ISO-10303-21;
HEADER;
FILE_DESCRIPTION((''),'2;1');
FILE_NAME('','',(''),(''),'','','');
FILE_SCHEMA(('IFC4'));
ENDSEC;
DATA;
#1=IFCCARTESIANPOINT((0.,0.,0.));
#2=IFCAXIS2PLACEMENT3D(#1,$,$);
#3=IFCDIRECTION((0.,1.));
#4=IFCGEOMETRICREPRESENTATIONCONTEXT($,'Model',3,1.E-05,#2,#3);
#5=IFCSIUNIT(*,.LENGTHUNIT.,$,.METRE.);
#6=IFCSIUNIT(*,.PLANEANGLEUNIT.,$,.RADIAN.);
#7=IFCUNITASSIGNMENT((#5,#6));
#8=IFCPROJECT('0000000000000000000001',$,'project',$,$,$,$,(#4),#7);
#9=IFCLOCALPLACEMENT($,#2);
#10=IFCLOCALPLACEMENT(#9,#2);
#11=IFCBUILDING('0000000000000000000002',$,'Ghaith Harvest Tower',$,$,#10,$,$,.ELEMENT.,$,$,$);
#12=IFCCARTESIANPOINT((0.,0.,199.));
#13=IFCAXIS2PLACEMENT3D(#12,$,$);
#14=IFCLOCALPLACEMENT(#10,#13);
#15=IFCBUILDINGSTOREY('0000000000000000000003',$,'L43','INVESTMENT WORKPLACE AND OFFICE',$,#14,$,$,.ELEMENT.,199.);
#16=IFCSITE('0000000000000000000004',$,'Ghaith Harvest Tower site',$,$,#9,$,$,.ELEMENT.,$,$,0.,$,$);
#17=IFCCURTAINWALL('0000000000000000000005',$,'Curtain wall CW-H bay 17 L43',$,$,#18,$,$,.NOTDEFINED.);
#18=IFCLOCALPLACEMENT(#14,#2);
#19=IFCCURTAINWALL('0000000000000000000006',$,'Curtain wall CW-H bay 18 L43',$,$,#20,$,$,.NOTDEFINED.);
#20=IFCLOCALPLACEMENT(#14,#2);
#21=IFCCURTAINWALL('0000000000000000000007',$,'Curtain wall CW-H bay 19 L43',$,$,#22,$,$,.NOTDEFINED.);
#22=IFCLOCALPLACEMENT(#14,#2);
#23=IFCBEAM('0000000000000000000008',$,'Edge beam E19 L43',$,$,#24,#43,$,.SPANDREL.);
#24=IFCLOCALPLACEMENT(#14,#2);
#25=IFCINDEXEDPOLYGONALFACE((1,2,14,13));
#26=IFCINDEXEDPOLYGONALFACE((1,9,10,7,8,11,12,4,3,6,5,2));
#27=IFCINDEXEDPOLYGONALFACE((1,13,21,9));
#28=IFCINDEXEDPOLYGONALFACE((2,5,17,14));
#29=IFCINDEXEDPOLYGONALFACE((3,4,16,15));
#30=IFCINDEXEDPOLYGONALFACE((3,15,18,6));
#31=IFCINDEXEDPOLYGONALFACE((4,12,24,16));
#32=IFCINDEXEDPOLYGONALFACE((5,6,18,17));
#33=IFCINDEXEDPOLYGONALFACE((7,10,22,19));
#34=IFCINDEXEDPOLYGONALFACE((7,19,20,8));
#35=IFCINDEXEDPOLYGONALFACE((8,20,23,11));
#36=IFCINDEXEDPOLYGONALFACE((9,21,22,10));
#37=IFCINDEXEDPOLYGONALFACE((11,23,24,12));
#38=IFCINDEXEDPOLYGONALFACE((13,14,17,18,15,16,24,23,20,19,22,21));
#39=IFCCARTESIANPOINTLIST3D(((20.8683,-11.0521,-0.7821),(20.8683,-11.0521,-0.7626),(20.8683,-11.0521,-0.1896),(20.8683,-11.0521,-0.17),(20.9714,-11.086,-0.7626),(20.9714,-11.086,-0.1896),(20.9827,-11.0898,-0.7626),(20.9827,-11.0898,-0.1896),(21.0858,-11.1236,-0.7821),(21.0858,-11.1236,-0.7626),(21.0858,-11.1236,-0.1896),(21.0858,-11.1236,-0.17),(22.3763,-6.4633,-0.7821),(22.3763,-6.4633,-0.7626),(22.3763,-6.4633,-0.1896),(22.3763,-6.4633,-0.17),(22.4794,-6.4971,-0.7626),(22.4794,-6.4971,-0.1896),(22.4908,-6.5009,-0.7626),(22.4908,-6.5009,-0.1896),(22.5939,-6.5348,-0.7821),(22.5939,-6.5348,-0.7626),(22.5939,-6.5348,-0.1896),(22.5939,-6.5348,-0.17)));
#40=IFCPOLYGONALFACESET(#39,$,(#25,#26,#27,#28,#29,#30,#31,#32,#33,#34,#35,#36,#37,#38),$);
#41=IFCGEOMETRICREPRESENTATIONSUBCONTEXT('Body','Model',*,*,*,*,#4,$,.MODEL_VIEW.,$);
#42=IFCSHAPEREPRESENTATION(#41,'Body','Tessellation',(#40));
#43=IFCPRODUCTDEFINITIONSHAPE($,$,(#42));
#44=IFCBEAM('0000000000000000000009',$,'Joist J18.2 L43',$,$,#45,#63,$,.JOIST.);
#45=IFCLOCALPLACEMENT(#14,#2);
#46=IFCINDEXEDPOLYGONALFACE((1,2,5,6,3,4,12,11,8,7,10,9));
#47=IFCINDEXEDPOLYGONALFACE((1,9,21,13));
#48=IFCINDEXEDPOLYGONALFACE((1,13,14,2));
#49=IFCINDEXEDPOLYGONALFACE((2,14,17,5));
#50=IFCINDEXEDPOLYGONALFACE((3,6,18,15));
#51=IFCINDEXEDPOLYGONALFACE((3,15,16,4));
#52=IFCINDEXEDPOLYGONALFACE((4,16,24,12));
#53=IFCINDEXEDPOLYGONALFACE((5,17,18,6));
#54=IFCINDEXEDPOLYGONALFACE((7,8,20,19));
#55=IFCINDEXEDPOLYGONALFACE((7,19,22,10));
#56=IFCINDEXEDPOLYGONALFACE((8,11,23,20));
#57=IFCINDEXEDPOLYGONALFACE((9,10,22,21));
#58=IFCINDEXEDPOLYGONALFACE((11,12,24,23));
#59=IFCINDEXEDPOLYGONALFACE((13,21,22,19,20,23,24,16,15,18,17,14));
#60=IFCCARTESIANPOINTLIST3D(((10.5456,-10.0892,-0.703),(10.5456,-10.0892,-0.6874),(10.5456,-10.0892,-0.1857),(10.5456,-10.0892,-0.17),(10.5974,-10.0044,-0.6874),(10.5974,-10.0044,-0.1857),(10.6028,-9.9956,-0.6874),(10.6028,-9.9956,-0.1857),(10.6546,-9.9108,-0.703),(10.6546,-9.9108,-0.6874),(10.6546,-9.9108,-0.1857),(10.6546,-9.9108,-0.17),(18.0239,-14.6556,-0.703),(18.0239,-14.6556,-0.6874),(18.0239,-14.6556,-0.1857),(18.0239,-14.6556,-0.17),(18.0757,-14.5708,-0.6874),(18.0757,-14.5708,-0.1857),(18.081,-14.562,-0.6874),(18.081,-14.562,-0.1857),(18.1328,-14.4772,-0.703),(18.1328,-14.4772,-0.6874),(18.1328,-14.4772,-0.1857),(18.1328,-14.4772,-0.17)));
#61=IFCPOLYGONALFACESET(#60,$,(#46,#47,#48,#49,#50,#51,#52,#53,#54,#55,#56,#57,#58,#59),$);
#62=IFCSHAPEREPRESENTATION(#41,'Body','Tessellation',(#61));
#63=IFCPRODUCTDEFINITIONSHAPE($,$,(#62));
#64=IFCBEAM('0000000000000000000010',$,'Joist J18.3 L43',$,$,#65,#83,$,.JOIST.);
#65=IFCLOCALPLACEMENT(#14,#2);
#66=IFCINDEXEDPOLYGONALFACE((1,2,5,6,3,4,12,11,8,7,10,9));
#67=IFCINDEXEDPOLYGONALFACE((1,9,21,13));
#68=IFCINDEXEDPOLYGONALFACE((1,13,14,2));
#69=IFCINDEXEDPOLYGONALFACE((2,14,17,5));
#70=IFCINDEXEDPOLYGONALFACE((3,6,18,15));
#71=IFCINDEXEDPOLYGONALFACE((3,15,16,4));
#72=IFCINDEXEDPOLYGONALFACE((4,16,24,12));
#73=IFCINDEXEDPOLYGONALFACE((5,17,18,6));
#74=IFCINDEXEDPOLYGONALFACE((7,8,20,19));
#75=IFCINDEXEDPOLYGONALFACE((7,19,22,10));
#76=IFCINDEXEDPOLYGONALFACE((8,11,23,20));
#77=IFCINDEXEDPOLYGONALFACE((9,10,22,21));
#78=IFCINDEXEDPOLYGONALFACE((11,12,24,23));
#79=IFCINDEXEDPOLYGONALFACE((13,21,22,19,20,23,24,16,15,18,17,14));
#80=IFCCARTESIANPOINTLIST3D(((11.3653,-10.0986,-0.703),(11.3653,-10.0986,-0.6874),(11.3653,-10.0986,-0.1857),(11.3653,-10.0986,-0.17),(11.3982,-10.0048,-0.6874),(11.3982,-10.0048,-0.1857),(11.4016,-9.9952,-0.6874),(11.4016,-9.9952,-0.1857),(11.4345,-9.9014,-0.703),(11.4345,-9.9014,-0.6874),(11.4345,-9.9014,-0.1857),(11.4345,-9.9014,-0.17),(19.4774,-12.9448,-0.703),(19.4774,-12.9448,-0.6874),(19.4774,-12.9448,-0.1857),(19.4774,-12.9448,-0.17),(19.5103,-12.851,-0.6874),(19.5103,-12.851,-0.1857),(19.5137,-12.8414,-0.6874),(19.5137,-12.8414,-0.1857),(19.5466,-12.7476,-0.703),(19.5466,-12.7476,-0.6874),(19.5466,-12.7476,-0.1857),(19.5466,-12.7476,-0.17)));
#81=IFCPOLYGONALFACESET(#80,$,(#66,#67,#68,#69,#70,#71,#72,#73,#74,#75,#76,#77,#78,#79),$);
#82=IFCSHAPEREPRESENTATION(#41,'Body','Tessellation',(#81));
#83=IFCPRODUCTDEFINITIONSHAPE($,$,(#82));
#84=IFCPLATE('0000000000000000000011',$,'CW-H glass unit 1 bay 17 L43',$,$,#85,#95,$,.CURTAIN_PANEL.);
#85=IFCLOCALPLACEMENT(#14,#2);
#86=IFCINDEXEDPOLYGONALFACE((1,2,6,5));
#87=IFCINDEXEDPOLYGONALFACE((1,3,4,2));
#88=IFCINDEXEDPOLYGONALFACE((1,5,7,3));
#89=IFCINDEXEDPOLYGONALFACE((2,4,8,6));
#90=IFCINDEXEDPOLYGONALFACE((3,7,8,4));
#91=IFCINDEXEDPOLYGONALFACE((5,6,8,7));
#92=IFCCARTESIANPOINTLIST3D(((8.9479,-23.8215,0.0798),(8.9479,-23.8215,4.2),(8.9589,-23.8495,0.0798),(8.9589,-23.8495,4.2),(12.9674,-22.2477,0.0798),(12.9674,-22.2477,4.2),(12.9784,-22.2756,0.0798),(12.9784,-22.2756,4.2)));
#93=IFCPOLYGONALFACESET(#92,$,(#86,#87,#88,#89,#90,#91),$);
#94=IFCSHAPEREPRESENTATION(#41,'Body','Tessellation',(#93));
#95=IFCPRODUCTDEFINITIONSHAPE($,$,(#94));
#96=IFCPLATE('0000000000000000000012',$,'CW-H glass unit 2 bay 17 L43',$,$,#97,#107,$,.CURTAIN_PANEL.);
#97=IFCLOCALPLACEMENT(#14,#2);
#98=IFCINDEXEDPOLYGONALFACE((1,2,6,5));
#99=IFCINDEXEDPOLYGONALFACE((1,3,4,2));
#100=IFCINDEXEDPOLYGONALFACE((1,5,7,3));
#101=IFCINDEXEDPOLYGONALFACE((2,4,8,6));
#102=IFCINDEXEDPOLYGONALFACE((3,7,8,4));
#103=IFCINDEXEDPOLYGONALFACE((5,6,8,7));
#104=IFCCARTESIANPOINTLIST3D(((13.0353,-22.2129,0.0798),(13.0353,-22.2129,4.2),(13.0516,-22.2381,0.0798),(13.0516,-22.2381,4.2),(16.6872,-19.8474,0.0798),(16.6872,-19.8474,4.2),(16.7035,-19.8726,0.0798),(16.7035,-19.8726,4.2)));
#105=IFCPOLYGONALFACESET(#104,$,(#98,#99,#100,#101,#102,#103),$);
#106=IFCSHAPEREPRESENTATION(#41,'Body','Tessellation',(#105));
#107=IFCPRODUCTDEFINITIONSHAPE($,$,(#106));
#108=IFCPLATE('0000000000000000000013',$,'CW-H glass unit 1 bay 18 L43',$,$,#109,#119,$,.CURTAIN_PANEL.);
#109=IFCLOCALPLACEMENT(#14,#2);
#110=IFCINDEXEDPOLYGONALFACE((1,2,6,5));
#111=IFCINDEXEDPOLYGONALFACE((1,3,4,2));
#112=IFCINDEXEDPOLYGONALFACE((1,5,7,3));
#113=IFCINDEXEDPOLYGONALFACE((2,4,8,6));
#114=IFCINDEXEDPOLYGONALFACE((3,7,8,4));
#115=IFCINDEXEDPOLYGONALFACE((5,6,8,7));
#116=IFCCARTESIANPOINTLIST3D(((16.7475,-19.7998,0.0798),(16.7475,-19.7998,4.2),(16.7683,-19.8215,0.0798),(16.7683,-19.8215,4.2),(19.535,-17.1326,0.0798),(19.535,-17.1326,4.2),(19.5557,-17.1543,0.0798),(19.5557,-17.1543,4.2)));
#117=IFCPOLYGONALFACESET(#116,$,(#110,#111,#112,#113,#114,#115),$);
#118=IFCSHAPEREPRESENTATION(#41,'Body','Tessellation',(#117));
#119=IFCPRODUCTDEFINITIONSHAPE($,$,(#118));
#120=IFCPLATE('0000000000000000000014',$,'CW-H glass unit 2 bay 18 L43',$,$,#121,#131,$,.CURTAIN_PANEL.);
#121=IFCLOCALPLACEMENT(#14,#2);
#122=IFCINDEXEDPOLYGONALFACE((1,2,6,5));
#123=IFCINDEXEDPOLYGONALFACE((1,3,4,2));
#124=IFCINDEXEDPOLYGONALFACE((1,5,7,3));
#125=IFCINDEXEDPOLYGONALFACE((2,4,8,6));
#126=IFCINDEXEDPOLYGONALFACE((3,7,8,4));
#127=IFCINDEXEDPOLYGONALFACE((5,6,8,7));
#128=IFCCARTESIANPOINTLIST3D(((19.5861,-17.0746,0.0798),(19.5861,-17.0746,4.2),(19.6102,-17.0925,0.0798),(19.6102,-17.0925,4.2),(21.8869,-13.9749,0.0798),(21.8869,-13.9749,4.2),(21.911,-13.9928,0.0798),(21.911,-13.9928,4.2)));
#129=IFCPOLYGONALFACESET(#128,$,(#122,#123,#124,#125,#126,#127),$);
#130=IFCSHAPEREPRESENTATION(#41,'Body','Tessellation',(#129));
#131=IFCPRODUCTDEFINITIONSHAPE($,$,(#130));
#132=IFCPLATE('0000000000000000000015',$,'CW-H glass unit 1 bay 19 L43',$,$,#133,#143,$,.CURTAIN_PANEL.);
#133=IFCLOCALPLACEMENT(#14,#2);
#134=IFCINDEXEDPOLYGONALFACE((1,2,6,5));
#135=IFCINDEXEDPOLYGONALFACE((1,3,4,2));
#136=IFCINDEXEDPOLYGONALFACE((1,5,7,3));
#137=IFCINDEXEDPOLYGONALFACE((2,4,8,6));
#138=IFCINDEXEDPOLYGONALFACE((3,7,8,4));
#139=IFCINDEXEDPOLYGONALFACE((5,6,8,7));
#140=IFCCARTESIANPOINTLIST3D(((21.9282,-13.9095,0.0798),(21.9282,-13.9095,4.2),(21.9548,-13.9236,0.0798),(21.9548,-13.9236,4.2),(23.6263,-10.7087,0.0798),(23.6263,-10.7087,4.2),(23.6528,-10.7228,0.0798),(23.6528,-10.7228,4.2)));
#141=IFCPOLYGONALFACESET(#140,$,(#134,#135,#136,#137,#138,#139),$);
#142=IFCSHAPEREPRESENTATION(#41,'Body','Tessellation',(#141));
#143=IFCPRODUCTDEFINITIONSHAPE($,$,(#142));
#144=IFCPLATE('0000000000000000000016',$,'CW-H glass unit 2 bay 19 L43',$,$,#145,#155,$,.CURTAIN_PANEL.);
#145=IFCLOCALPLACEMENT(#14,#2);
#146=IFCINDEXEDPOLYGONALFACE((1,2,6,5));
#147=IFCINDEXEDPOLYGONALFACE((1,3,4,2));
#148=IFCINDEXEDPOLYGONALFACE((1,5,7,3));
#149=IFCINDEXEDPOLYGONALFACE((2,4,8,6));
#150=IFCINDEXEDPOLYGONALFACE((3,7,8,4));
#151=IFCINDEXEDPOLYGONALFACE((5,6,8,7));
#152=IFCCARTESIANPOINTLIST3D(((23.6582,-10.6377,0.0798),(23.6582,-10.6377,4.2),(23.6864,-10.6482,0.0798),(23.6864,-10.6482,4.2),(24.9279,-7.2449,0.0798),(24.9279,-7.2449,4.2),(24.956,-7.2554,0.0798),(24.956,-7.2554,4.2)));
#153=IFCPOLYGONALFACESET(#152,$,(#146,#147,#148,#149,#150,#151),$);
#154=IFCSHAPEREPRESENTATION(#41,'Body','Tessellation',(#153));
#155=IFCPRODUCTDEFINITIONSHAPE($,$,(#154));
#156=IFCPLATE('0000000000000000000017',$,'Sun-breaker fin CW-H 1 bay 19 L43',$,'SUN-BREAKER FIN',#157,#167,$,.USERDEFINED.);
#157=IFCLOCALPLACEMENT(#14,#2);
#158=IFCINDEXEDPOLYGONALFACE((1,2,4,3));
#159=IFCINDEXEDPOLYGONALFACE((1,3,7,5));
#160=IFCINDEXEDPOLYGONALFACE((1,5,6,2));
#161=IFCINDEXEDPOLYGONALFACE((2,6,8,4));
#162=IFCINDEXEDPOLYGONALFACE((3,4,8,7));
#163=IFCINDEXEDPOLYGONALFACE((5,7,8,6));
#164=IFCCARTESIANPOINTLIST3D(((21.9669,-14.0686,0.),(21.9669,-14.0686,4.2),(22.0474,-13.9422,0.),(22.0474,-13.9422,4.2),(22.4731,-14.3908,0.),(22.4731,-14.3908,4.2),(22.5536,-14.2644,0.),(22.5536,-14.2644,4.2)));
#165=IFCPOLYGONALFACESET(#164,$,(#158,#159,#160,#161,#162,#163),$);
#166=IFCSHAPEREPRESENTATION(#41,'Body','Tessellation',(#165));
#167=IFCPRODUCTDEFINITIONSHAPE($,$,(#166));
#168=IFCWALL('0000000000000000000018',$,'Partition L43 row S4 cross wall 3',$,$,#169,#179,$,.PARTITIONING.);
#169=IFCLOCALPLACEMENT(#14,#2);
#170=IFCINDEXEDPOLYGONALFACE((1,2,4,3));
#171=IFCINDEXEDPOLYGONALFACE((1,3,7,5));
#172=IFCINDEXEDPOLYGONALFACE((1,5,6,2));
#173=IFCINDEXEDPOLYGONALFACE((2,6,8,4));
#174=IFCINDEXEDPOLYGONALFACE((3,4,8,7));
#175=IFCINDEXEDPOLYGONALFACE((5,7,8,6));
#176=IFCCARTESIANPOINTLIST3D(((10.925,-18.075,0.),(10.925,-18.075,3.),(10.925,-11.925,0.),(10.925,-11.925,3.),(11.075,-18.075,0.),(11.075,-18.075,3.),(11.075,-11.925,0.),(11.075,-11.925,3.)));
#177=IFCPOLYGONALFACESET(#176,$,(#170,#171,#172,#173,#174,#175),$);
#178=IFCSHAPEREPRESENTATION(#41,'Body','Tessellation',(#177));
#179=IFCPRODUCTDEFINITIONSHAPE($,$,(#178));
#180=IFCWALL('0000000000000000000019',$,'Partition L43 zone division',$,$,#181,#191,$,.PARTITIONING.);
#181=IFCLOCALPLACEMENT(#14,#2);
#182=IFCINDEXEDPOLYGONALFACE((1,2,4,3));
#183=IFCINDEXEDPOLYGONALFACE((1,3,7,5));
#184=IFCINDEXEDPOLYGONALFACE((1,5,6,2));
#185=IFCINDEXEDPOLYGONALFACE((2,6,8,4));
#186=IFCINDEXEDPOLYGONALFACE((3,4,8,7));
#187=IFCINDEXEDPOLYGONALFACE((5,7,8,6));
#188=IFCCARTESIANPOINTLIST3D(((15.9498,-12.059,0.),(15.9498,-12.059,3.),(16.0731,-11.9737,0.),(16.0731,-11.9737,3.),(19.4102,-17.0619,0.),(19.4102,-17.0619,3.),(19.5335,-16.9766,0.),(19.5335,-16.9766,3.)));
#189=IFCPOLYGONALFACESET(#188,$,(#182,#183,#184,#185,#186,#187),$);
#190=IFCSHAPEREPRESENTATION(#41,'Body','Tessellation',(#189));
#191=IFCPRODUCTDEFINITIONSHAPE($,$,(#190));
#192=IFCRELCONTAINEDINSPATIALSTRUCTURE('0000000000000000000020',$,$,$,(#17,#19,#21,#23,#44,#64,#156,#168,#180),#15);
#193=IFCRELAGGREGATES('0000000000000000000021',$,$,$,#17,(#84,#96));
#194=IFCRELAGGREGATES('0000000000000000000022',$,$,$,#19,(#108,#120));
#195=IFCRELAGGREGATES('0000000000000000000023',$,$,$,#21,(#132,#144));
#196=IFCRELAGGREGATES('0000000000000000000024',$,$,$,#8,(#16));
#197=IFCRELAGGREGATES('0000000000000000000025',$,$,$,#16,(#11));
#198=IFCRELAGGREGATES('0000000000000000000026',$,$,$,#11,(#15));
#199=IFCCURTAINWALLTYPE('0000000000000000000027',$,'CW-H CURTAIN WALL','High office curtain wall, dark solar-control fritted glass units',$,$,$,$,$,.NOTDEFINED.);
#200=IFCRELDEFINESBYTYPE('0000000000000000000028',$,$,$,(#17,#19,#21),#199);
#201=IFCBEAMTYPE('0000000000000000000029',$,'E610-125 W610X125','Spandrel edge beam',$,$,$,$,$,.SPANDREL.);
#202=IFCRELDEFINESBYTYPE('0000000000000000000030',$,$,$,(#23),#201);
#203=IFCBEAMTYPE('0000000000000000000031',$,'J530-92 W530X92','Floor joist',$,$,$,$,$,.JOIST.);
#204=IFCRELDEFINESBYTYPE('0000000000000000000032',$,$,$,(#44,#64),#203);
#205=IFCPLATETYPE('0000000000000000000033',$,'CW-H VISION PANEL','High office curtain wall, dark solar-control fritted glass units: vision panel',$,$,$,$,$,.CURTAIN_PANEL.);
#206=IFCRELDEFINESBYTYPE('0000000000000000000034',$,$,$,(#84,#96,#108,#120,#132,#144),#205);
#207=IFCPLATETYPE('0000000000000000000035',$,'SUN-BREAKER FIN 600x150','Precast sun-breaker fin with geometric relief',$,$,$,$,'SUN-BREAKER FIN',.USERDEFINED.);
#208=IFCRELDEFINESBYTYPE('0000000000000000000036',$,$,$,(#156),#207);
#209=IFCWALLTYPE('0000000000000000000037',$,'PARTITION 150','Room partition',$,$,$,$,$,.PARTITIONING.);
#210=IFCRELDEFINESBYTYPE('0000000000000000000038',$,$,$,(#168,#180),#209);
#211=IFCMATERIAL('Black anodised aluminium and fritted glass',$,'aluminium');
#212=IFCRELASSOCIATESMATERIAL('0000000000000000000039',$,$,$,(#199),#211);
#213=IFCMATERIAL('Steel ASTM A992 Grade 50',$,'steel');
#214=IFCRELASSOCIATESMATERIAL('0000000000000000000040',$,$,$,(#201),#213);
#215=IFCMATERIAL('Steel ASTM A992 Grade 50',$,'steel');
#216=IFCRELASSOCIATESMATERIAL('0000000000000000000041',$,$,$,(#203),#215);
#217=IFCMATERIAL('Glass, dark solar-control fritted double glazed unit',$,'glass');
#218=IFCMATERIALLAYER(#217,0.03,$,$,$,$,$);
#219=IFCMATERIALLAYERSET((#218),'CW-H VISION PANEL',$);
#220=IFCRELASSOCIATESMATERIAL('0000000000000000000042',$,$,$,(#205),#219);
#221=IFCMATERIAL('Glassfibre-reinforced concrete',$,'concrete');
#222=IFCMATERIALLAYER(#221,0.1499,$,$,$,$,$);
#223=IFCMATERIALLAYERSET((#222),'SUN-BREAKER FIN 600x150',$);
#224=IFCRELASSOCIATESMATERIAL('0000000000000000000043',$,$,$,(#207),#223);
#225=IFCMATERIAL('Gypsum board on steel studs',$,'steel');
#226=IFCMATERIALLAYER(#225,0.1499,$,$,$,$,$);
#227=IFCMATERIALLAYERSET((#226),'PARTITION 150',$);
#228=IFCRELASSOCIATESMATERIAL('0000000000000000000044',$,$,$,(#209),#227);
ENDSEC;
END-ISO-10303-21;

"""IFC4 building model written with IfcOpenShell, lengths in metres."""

from ifc_helpers import new_model, si_unit, direction, frame, frame_2d, origin, origin_2d, place, context, subcontext, project, spatial, rectangle, i_section, extrude, material, layer, layer_set, material_profile, profile_set, type_object, element, aggregate, save


model = new_model("IFC4")

# Units and contexts
model_context = context("Model", 3, precision=1e-05, world=origin(), true_north=direction((0.0, 1.0)))
body_context = subcontext(model_context, "Body", "Model", "MODEL_VIEW")
ifc_project = project(units=[si_unit("LENGTHUNIT", "METRE"), si_unit("PLANEANGLEUNIT", "RADIAN")], contexts=[model_context])

# Site, building, storey
site_placement = place(None, origin())
site = spatial("IfcSite", under=ifc_project, at=site_placement, Name="Ghaith Harvest Tower site", CompositionType="ELEMENT", RefElevation=0.0)
building_placement = place(site_placement, origin())
building = spatial("IfcBuilding", under=site, at=building_placement, Name="Ghaith Harvest Tower", CompositionType="ELEMENT")
storey_placement = place(building_placement, frame((0.0, 0.0, 199.0)))
storey = spatial("IfcBuildingStorey", under=building, at=storey_placement, Name="L43", Description="INVESTMENT WORKPLACE AND OFFICE", CompositionType="ELEMENT", Elevation=199.0)

# Curtain wall
ifc_material_1 = material(Name="Black anodised aluminium and fritted glass", Category="aluminium")
curtain_wall_type = type_object("IfcCurtainWallType", Name="CW-H CURTAIN WALL", Description="High office curtain wall, dark solar-control fritted glass units", PredefinedType="NOTDEFINED", material=ifc_material_1)
curtain_wall_1_placement = place(storey_placement, origin())
curtain_wall_1 = element("IfcCurtainWall", 1, at=curtain_wall_1_placement, inside=storey, type_object=curtain_wall_type, Name="Curtain wall CW-H bay 17 L43", PredefinedType="NOTDEFINED")

# Curtain walls
curtain_wall_2_placement = place(storey_placement, origin())
curtain_wall_2 = element("IfcCurtainWall", 2, at=curtain_wall_2_placement, inside=storey, type_object=curtain_wall_type, Name="Curtain wall CW-H bay 18 L43", PredefinedType="NOTDEFINED")
curtain_wall_3_placement = place(storey_placement, origin())
curtain_wall_3 = element("IfcCurtainWall", 3, at=curtain_wall_3_placement, inside=storey, type_object=curtain_wall_type, Name="Curtain wall CW-H bay 19 L43", PredefinedType="NOTDEFINED")

# Beams
ifc_material_2 = material(Name="Steel ASTM A992 Grade 50", Category="steel")
ifc_material_profile_1 = material_profile(ifc_material_2, i_section(OverallWidth=0.229, OverallDepth=0.6121, WebThickness=0.012, FlangeThickness=0.0195, at=origin_2d()), Name="W610X125")
ifc_profile_set_1 = profile_set([ifc_material_profile_1], Name="Steel ASTM A992 Grade 50")
beam_type_1 = type_object("IfcBeamType", Name="E610-125 W610X125", Description="Spandrel edge beam", PredefinedType="SPANDREL", material=ifc_profile_set_1)
beam_1_placement = place(storey_placement, frame((20.9771, -11.0879, -0.4761), z_axis=(0.312207, 0.950014, 0.0), x_axis=(-0.950014, 0.312207, 0.0)))
element("IfcBeam", 4, at=beam_1_placement, inside=storey, type_object=beam_type_1, Name="Edge beam E19 L43", PredefinedType="SPANDREL", context=body_context, shape_type="SweptSolid", body=[
    extrude(i_section(OverallWidth=0.229, OverallDepth=0.6121, WebThickness=0.012, FlangeThickness=0.0195, at=origin_2d()), origin(), (0.0, 0.0, 1.0), 4.8303),
])
ifc_material_3 = material(Name="Steel ASTM A992 Grade 50", Category="steel")
ifc_material_profile_2 = material_profile(ifc_material_3, i_section(OverallWidth=0.209, OverallDepth=0.533, WebThickness=0.0103, FlangeThickness=0.0156, at=origin_2d()), Name="W530X92")
ifc_profile_set_2 = profile_set([ifc_material_profile_2], Name="Steel ASTM A992 Grade 50")
beam_type_2 = type_object("IfcBeamType", Name="J530-92 W530X92", Description="Floor joist", PredefinedType="JOIST", material=ifc_profile_set_2)
beam_2_placement = place(storey_placement, frame((10.6001, -10.0, -0.4365), z_axis=(0.853467, -0.521147, 0.0), x_axis=(0.521147, 0.853467, 0.0)))
element("IfcBeam", 5, at=beam_2_placement, inside=storey, type_object=beam_type_2, Name="Joist J18.2 L43", PredefinedType="JOIST", context=body_context, shape_type="SweptSolid", body=[
    extrude(i_section(OverallWidth=0.209, OverallDepth=0.533, WebThickness=0.0103, FlangeThickness=0.0156, at=origin_2d()), origin(), (0.0, 0.0, 1.0), 8.7622),
])
beam_3_placement = place(storey_placement, frame((11.3999, -10.0, -0.4365), z_axis=(0.943605, -0.331073, 0.0), x_axis=(0.331073, 0.943605, 0.0)))
element("IfcBeam", 6, at=beam_3_placement, inside=storey, type_object=beam_type_2, Name="Joist J18.3 L43", PredefinedType="JOIST", context=body_context, shape_type="SweptSolid", body=[
    extrude(i_section(OverallWidth=0.209, OverallDepth=0.533, WebThickness=0.0103, FlangeThickness=0.0156, at=origin_2d()), origin(), (0.0, 0.0, 1.0), 8.5969),
])

# Plates
ifc_material_4 = material(Name="Glass, dark solar-control fritted double glazed unit", Category="glass")
ifc_layer_1 = layer(ifc_material_4, 0.03)
ifc_layer_set_1 = layer_set([ifc_layer_1], Name="CW-H VISION PANEL")
plate_type_1 = type_object("IfcPlateType", Name="CW-H VISION PANEL", Description="High office curtain wall, dark solar-control fritted glass units: vision panel", PredefinedType="CURTAIN_PANEL", material=ifc_layer_set_1)
plate_1_placement = place(storey_placement, frame((10.9631, -23.0486, 0.0798), z_axis=(0.0, 0.0, 1.0), x_axis=(0.931161, 0.364608, 0.0)))
plate_1 = element("IfcPlate", 7, at=plate_1_placement, type_object=plate_type_1, Name="CW-H glass unit 1 bay 17 L43", PredefinedType="CURTAIN_PANEL", context=body_context, shape_type="SweptSolid", body=[
    extrude(rectangle(XDim=4.3167, YDim=0.03, at=origin_2d()), origin(), (0.0, 0.0, 1.0), 4.1201),
])
plate_2_placement = place(storey_placement, frame((14.8694, -21.0427, 0.0798), z_axis=(0.0, 0.0, 1.0), x_axis=(0.839305, 0.54366, 0.0)))
plate_2 = element("IfcPlate", 8, at=plate_2_placement, type_object=plate_type_1, Name="CW-H glass unit 2 bay 17 L43", PredefinedType="CURTAIN_PANEL", context=body_context, shape_type="SweptSolid", body=[
    extrude(rectangle(XDim=4.3511, YDim=0.03, at=origin_2d()), origin(), (0.0, 0.0, 1.0), 4.1201),
])
aggregate(curtain_wall_1, [plate_1, plate_2])
plate_3_placement = place(storey_placement, frame((18.1516, -18.4771, 0.0798), z_axis=(0.0, 0.0, 1.0), x_axis=(0.722533, 0.691337, 0.0)))
plate_3 = element("IfcPlate", 9, at=plate_3_placement, type_object=plate_type_1, Name="CW-H glass unit 1 bay 18 L43", PredefinedType="CURTAIN_PANEL", context=body_context, shape_type="SweptSolid", body=[
    extrude(rectangle(XDim=3.8579, YDim=0.03, at=origin_2d()), origin(), (0.0, 0.0, 1.0), 4.1201),
])
plate_4_placement = place(storey_placement, frame((20.7485, -15.5337, 0.0798), z_axis=(0.0, 0.0, 1.0), x_axis=(0.596019, 0.802971, 0.0)))
plate_4 = element("IfcPlate", 10, at=plate_4_placement, type_object=plate_type_1, Name="CW-H glass unit 2 bay 18 L43", PredefinedType="CURTAIN_PANEL", context=body_context, shape_type="SweptSolid", body=[
    extrude(rectangle(XDim=3.8604, YDim=0.03, at=origin_2d()), origin(), (0.0, 0.0, 1.0), 4.1201),
])
aggregate(curtain_wall_2, [plate_3, plate_4])
plate_5_placement = place(storey_placement, frame((22.7905, -12.3162, 0.0798), z_axis=(0.0, 0.0, 1.0), x_axis=(0.468644, 0.883387, 0.0)))
plate_5 = element("IfcPlate", 11, at=plate_5_placement, type_object=plate_type_1, Name="CW-H glass unit 1 bay 19 L43", PredefinedType="CURTAIN_PANEL", context=body_context, shape_type="SweptSolid", body=[
    extrude(rectangle(XDim=3.6233, YDim=0.03, at=origin_2d()), origin(), (0.0, 0.0, 1.0), 4.1201),
])
plate_6_placement = place(storey_placement, frame((24.3071, -8.9465, 0.0798), z_axis=(0.0, 0.0, 1.0), x_axis=(0.350481, 0.93657, 0.0)))
plate_6 = element("IfcPlate", 12, at=plate_6_placement, type_object=plate_type_1, Name="CW-H glass unit 2 bay 19 L43", PredefinedType="CURTAIN_PANEL", context=body_context, shape_type="SweptSolid", body=[
    extrude(rectangle(XDim=3.6226, YDim=0.03, at=origin_2d()), origin(), (0.0, 0.0, 1.0), 4.1201),
])
aggregate(curtain_wall_3, [plate_5, plate_6])
ifc_material_5 = material(Name="Glassfibre-reinforced concrete", Category="concrete")
ifc_layer_2 = layer(ifc_material_5, 0.1499)
ifc_layer_set_2 = layer_set([ifc_layer_2], Name="SUN-BREAKER FIN 600x150")
plate_type_2 = type_object("IfcPlateType", Name="SUN-BREAKER FIN 600x150", Description="Precast sun-breaker fin with geometric relief", ElementType="SUN-BREAKER FIN", PredefinedType="USERDEFINED", material=ifc_layer_set_2)
plate_7_placement = place(storey_placement, frame((22.2603, -14.1665, 0.0), z_axis=(0.0, 0.0, 1.0), x_axis=(0.843644, -0.536903, 0.0)))
element("IfcPlate", 13, at=plate_7_placement, inside=storey, type_object=plate_type_2, Name="Sun-breaker fin CW-H 1 bay 19 L43", ObjectType="SUN-BREAKER FIN", PredefinedType="USERDEFINED", context=body_context, shape_type="SweptSolid", body=[
    extrude(rectangle(XDim=0.6001, YDim=0.1499, at=origin_2d()), origin(), (0.0, 0.0, 1.0), 4.2),
])

# Walls
ifc_material_6 = material(Name="Gypsum board on steel studs", Category="steel")
ifc_layer_3 = layer(ifc_material_6, 0.1499)
ifc_layer_set_3 = layer_set([ifc_layer_3], Name="PARTITION 150")
wall_type = type_object("IfcWallType", Name="PARTITION 150", Description="Room partition", PredefinedType="PARTITIONING", material=ifc_layer_set_3)
wall_1_placement = place(storey_placement, frame((11.0, -11.925, 0.0), z_axis=(0.0, 0.0, 1.0), x_axis=(0.0, -1.0, 0.0)))
element("IfcWall", 14, at=wall_1_placement, inside=storey, type_object=wall_type, Name="Partition L43 row S4 cross wall 3", PredefinedType="PARTITIONING", context=body_context, shape_type="SweptSolid", body=[
    extrude(rectangle(XDim=6.1499, YDim=0.1499, at=frame_2d((3.075, 0.0))), origin(), (0.0, 0.0, 1.0), 3.0),
])
wall_2_placement = place(storey_placement, frame((16.0115, -12.0164, 0.0), z_axis=(0.0, 0.0, 1.0), x_axis=(0.568863, -0.822432, 0.0)))
element("IfcWall", 15, at=wall_2_placement, inside=storey, type_object=wall_type, Name="Partition L43 zone division", PredefinedType="PARTITIONING", context=body_context, shape_type="SweptSolid", body=[
    extrude(rectangle(XDim=6.083, YDim=0.1499, at=frame_2d((3.0415, 0.0))), origin(), (0.0, 0.0, 1.0), 3.0),
])

save(model, "model.ifc")
